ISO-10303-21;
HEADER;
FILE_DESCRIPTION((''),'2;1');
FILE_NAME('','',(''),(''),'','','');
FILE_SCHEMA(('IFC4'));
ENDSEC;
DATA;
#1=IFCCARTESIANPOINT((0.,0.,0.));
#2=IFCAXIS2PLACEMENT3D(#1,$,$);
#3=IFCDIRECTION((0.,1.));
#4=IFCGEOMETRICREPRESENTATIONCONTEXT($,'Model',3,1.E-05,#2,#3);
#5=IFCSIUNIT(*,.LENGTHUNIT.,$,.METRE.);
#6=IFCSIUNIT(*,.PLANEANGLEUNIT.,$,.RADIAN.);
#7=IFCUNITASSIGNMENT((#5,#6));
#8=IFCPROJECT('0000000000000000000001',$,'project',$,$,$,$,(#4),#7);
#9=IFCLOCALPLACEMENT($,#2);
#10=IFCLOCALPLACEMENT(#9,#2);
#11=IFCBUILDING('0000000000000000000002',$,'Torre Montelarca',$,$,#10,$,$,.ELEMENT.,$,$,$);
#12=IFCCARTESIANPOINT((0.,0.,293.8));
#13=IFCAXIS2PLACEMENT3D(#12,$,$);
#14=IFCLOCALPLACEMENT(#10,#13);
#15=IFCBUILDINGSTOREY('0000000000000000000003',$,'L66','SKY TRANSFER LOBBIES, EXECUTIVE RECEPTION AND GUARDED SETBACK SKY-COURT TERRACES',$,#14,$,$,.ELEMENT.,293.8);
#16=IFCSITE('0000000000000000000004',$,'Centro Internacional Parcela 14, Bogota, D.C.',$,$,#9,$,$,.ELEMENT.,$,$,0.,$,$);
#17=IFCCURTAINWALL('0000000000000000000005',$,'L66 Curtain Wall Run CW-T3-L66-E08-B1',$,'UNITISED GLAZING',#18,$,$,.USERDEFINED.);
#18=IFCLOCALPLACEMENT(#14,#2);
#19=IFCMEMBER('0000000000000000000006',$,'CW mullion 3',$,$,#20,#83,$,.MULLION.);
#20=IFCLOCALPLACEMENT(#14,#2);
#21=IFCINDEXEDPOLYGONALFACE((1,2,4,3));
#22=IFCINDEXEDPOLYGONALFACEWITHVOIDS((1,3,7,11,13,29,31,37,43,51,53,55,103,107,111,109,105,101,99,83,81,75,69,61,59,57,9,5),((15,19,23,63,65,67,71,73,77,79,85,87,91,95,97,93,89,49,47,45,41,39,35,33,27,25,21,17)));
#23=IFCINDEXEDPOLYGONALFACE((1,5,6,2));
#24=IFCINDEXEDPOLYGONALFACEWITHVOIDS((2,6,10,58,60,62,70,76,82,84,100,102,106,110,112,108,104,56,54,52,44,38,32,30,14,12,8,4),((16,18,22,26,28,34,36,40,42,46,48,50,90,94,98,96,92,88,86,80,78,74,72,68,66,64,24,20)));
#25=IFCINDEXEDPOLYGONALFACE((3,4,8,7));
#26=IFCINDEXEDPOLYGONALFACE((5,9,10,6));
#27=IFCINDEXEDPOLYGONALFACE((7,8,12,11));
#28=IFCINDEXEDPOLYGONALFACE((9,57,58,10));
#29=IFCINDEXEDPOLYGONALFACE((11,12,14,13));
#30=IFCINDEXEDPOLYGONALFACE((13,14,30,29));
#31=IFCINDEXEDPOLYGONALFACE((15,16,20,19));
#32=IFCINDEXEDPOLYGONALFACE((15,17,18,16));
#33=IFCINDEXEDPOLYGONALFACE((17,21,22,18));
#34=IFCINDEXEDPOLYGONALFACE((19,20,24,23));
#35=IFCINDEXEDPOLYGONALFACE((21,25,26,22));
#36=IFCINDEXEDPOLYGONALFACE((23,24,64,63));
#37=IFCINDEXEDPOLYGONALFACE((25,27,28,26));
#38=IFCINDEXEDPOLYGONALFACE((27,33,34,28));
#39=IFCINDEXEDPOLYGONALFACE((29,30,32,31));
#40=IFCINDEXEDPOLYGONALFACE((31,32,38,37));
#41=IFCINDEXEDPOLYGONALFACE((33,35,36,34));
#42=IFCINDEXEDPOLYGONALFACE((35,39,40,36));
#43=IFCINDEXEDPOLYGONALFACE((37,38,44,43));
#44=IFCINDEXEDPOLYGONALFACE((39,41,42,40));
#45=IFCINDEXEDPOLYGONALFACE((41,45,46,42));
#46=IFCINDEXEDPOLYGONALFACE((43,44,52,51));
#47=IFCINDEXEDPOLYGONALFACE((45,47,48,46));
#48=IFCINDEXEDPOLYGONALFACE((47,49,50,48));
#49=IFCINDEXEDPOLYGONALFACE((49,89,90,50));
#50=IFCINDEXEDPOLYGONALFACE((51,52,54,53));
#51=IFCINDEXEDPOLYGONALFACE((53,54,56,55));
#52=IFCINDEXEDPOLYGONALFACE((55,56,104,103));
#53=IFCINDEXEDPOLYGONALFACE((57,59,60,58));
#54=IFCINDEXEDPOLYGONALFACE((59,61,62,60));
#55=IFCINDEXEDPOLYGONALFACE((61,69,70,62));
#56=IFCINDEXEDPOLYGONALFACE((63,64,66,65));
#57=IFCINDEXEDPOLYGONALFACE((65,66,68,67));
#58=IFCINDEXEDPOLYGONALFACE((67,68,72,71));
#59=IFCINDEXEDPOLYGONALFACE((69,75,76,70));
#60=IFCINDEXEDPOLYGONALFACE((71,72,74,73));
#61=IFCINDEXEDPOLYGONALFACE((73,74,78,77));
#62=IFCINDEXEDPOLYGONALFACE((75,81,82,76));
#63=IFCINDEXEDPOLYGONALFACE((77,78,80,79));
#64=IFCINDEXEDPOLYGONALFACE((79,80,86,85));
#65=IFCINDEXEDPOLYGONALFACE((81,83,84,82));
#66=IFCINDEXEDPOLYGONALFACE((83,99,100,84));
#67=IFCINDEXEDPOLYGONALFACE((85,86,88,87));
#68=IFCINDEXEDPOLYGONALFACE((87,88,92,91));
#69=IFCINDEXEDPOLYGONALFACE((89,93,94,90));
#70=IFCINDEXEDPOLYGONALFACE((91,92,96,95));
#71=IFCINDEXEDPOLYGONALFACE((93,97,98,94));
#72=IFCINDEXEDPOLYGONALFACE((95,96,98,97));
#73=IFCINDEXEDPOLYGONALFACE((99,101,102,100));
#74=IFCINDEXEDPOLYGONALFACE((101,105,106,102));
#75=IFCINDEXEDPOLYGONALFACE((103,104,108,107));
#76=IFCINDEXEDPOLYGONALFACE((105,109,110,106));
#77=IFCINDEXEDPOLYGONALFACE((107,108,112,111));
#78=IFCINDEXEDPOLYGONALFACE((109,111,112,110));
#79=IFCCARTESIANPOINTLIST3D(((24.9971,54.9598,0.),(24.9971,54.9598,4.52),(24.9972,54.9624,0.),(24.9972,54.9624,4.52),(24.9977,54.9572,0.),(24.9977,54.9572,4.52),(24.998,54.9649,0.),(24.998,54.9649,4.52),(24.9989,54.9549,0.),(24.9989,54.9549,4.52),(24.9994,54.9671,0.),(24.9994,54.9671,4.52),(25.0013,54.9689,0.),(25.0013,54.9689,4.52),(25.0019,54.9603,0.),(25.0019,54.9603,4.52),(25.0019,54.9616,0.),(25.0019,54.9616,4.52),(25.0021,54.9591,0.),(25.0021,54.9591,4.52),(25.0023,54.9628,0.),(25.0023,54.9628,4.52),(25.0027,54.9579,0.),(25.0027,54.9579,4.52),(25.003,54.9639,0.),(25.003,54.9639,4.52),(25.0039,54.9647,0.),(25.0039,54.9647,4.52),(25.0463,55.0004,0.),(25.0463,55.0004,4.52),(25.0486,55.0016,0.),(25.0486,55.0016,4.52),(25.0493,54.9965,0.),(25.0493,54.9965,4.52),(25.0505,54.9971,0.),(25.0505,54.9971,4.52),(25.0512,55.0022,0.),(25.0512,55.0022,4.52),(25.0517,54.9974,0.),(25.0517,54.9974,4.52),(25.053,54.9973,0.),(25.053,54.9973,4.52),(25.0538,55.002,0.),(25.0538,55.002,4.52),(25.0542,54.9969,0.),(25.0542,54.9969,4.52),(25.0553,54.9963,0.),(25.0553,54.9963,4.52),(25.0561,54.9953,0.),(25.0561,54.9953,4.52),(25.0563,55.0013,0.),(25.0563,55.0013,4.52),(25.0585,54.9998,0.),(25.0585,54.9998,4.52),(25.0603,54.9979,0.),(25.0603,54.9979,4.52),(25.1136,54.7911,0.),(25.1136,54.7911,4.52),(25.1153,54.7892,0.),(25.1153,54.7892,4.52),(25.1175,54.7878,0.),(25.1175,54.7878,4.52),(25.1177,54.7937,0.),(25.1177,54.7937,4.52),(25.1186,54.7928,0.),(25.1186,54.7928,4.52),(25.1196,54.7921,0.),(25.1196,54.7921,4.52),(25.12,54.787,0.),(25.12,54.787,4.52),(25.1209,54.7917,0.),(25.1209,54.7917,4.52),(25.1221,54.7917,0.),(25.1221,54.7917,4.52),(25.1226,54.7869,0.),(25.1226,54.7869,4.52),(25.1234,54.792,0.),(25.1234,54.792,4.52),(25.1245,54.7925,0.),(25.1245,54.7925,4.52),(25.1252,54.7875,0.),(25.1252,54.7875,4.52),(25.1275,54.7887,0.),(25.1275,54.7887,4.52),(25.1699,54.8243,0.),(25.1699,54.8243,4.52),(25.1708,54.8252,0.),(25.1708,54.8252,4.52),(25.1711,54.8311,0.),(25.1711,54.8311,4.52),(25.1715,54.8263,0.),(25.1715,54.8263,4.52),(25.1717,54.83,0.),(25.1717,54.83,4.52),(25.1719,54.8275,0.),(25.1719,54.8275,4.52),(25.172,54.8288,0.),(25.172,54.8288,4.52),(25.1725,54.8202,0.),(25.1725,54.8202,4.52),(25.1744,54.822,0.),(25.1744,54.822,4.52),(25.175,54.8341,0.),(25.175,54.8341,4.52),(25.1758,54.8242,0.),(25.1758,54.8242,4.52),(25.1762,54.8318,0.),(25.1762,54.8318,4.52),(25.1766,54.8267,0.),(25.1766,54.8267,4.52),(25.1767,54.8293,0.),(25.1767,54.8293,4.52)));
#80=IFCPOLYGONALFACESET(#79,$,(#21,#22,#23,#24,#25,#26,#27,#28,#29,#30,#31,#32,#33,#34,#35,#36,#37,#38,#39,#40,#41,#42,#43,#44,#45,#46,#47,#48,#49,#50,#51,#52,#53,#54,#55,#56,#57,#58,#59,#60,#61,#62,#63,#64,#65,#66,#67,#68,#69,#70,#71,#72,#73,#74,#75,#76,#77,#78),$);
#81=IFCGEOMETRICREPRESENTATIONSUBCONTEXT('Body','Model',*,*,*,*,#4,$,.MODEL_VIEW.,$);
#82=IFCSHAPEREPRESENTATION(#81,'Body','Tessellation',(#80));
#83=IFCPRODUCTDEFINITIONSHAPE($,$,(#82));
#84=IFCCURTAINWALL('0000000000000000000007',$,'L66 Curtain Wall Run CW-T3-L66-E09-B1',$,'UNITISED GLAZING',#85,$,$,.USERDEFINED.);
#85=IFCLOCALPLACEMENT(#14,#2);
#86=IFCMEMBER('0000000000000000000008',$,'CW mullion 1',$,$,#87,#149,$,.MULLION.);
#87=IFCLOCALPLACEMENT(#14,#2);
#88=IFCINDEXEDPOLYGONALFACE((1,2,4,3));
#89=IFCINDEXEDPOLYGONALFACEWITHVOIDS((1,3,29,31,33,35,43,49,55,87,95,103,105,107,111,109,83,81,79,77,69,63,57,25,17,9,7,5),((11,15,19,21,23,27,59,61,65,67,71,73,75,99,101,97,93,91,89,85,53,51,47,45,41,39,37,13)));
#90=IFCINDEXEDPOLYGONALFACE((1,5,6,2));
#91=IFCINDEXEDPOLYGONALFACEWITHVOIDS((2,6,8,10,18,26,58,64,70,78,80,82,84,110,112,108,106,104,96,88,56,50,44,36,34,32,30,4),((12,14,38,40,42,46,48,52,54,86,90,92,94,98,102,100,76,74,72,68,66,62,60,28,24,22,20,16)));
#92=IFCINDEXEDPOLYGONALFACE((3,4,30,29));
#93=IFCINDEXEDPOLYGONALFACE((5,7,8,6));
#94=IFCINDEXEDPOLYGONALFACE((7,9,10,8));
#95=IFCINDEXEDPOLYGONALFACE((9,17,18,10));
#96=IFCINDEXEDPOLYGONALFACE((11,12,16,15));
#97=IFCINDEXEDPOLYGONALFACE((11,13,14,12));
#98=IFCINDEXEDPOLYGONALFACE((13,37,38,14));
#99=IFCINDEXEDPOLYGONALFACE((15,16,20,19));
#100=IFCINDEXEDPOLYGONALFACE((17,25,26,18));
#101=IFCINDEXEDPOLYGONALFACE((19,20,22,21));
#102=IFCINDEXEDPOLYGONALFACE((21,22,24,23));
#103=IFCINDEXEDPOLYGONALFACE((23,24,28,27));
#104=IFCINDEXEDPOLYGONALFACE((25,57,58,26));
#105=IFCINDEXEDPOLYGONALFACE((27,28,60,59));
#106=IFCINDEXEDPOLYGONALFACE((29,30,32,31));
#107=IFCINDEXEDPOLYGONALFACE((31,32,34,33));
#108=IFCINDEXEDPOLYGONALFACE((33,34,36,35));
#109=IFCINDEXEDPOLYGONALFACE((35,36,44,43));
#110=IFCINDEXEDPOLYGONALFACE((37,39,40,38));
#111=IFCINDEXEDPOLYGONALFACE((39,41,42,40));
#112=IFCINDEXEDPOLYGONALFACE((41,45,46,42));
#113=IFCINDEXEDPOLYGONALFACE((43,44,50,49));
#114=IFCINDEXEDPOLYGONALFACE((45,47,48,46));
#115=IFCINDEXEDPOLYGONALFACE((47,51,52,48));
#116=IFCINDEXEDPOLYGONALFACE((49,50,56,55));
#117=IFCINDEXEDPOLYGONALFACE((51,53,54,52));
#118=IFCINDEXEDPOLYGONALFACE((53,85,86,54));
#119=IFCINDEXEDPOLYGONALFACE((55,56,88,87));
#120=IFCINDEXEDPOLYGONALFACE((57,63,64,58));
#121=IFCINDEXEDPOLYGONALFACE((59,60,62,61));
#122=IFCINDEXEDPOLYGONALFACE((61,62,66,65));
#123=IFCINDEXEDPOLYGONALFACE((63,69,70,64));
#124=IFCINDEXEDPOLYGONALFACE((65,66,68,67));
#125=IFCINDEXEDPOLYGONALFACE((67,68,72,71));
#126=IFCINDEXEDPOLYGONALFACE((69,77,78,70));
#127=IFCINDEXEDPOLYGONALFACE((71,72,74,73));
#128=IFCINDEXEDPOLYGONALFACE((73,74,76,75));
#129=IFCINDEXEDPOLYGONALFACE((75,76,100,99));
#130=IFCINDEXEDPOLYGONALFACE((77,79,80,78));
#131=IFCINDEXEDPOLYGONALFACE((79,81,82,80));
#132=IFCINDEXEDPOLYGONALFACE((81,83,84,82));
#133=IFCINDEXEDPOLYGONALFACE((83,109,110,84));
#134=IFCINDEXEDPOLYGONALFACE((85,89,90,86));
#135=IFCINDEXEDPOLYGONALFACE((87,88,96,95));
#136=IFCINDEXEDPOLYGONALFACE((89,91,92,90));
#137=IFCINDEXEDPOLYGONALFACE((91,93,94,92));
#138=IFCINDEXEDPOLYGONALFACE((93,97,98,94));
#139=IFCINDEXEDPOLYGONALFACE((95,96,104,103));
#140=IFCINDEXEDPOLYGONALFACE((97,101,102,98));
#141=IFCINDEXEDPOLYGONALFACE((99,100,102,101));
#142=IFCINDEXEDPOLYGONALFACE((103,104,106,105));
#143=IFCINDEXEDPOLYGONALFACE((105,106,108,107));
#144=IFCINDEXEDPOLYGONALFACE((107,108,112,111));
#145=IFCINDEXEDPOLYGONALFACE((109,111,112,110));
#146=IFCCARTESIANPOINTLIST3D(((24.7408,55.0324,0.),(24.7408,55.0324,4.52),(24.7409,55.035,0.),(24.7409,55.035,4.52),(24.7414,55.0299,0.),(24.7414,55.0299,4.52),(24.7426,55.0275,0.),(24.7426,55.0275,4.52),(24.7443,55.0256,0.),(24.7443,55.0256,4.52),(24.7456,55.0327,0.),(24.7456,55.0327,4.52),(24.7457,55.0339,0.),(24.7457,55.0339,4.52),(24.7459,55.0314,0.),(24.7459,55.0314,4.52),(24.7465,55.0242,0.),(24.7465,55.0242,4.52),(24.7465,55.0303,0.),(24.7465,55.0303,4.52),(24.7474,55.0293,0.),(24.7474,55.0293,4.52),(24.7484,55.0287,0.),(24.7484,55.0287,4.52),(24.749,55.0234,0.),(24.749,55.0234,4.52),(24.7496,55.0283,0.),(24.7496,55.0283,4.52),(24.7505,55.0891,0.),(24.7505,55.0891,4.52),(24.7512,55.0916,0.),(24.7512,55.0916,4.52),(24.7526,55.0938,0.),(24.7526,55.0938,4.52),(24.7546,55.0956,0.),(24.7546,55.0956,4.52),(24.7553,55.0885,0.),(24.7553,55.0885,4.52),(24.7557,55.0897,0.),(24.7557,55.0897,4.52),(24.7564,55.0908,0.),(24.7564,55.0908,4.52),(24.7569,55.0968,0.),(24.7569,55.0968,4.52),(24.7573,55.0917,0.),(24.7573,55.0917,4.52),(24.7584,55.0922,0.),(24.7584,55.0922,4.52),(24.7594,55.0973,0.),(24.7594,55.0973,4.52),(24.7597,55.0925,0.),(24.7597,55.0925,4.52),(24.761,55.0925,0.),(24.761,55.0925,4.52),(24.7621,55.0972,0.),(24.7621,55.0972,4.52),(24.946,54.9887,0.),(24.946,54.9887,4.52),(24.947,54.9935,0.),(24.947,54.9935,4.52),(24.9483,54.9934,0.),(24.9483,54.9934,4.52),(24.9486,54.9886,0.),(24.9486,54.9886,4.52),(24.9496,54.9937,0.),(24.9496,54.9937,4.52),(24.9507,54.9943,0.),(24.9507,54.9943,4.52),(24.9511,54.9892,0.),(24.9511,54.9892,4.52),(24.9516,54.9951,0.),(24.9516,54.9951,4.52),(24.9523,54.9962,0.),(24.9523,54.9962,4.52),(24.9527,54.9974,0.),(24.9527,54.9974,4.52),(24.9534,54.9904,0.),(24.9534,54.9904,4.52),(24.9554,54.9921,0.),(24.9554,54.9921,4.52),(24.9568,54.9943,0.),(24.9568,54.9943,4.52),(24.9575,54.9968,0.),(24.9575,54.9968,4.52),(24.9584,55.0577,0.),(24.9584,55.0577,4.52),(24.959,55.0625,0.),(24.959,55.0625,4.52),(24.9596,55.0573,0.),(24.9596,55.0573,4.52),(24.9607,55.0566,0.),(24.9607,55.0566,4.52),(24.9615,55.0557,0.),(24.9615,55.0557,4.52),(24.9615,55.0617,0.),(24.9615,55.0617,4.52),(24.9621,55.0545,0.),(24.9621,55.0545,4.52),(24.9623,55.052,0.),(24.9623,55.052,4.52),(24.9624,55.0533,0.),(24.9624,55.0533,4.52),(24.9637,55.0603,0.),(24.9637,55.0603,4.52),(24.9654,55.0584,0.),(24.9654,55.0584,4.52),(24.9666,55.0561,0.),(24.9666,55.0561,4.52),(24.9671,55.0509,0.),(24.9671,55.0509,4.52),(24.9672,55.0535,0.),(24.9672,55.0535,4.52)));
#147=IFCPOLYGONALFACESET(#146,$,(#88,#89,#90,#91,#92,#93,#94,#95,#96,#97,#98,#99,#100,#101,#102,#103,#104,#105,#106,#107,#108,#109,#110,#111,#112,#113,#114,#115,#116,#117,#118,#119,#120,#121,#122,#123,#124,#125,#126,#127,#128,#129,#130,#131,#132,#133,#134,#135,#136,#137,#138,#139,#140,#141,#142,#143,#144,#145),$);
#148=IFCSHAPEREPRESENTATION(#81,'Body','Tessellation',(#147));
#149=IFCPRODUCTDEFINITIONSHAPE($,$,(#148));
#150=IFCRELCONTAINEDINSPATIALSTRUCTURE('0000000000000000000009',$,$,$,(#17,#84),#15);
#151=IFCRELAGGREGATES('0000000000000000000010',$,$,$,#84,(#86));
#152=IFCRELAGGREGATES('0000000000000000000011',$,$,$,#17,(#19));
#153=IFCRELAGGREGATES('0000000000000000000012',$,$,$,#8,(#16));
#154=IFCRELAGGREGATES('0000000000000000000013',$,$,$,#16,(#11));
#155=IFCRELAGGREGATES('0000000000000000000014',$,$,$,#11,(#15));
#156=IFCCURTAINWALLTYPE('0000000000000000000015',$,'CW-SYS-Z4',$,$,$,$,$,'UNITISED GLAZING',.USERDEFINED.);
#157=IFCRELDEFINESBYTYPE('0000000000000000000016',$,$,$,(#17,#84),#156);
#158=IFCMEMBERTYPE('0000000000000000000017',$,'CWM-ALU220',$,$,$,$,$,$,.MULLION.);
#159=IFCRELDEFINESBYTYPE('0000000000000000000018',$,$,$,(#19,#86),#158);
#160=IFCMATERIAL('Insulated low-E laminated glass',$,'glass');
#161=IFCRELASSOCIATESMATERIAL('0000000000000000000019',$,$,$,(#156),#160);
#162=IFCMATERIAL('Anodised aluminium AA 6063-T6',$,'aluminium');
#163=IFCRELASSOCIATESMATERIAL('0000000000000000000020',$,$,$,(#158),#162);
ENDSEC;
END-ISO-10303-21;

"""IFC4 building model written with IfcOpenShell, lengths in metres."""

from ifc_helpers import new_model, si_unit, direction, frame, origin, origin_2d, place, context, subcontext, project, spatial, hollow_rectangle, extrude, source, transform, mapped, material, material_profile, profile_set, type_object, element, aggregate, save


model = new_model("IFC4")

# Units and contexts
model_context = context("Model", 3, precision=1e-05, world=origin(), true_north=direction((0.0, 1.0)))
body_context = subcontext(model_context, "Body", "Model", "MODEL_VIEW")
ifc_project = project(units=[si_unit("LENGTHUNIT", "METRE"), si_unit("PLANEANGLEUNIT", "RADIAN")], contexts=[model_context])

# Site, building, storey
site_placement = place(None, origin())
site = spatial("IfcSite", under=ifc_project, at=site_placement, Name="Centro Internacional Parcela 14, Bogota, D.C.", CompositionType="ELEMENT", RefElevation=0.0)
building_placement = place(site_placement, origin())
building = spatial("IfcBuilding", under=site, at=building_placement, Name="Torre Montelarca", CompositionType="ELEMENT")
storey_placement = place(building_placement, frame((0.0, 0.0, 293.8)))
storey = spatial("IfcBuildingStorey", under=building, at=storey_placement, Name="L66", Description="SKY TRANSFER LOBBIES, EXECUTIVE RECEPTION AND GUARDED SETBACK SKY-COURT TERRACES", CompositionType="ELEMENT", Elevation=293.8)

# Curtain walls, members
ifc_material_1 = material(Name="Insulated low-E laminated glass", Category="glass")
curtain_wall_type = type_object("IfcCurtainWallType", Name="CW-SYS-Z4", ElementType="UNITISED GLAZING", PredefinedType="USERDEFINED", material=ifc_material_1)
curtain_wall_1_placement = place(storey_placement, origin())
curtain_wall_1 = element("IfcCurtainWall", 1, at=curtain_wall_1_placement, inside=storey, type_object=curtain_wall_type, Name="L66 Curtain Wall Run CW-T3-L66-E08-B1", ObjectType="UNITISED GLAZING", PredefinedType="USERDEFINED")
ifc_material_2 = material(Name="Anodised aluminium AA 6063-T6", Category="aluminium")
ifc_material_profile_1 = material_profile(ifc_material_2, hollow_rectangle(XDim=0.075, YDim=0.22, WallThickness=0.0049, InnerFilletRadius=0.0049, OuterFilletRadius=0.01, at=origin_2d()), Name="ALU75X220X5", Category="aluminium")
ifc_profile_set_1 = profile_set([ifc_material_profile_1], Name="Anodised aluminium AA 6063-T6")
member_type_1 = type_object("IfcMemberType", Name="CWM-ALU220", PredefinedType="MULLION", material=ifc_profile_set_1)
shared_shape_1 = source(origin(), body_context, "Body", "SweptSolid", [
    extrude(hollow_rectangle(XDim=0.075, YDim=0.22, WallThickness=0.0049, InnerFilletRadius=0.0049, OuterFilletRadius=0.01, at=origin_2d()), origin(), (0.0, 0.0, 1.0), 4.52),
])
member_1_placement = place(storey_placement, frame((25.0869, 54.8945, 0.0), z_axis=(0.0, 0.0, 1.0), x_axis=(-0.819156, -0.573571, 0.0)))
member_1 = element("IfcMember", 2, at=member_1_placement, type_object=member_type_1, Name="CW mullion 3", PredefinedType="MULLION", context=body_context, shape_type="MappedRepresentation", body=[
    mapped(shared_shape_1, transform((0.0, 0.0, 0.0), scale=1.0)),
])
curtain_wall_2_placement = place(storey_placement, origin())
curtain_wall_2 = element("IfcCurtainWall", 3, at=curtain_wall_2_placement, inside=storey, type_object=curtain_wall_type, Name="L66 Curtain Wall Run CW-T3-L66-E09-B1", ObjectType="UNITISED GLAZING", PredefinedType="USERDEFINED")
member_2_placement = place(storey_placement, frame((24.854, 55.043, 0.0), z_axis=(0.0, 0.0, 1.0), x_axis=(-0.173635, -0.98481, 0.0)))
member_2 = element("IfcMember", 4, at=member_2_placement, type_object=member_type_1, Name="CW mullion 1", PredefinedType="MULLION", context=body_context, shape_type="MappedRepresentation", body=[
    mapped(shared_shape_1, transform((0.0, 0.0, 0.0), scale=1.0)),
])

aggregate(curtain_wall_2, [member_2])
aggregate(curtain_wall_1, [member_1])

save(model, "model.ifc")
